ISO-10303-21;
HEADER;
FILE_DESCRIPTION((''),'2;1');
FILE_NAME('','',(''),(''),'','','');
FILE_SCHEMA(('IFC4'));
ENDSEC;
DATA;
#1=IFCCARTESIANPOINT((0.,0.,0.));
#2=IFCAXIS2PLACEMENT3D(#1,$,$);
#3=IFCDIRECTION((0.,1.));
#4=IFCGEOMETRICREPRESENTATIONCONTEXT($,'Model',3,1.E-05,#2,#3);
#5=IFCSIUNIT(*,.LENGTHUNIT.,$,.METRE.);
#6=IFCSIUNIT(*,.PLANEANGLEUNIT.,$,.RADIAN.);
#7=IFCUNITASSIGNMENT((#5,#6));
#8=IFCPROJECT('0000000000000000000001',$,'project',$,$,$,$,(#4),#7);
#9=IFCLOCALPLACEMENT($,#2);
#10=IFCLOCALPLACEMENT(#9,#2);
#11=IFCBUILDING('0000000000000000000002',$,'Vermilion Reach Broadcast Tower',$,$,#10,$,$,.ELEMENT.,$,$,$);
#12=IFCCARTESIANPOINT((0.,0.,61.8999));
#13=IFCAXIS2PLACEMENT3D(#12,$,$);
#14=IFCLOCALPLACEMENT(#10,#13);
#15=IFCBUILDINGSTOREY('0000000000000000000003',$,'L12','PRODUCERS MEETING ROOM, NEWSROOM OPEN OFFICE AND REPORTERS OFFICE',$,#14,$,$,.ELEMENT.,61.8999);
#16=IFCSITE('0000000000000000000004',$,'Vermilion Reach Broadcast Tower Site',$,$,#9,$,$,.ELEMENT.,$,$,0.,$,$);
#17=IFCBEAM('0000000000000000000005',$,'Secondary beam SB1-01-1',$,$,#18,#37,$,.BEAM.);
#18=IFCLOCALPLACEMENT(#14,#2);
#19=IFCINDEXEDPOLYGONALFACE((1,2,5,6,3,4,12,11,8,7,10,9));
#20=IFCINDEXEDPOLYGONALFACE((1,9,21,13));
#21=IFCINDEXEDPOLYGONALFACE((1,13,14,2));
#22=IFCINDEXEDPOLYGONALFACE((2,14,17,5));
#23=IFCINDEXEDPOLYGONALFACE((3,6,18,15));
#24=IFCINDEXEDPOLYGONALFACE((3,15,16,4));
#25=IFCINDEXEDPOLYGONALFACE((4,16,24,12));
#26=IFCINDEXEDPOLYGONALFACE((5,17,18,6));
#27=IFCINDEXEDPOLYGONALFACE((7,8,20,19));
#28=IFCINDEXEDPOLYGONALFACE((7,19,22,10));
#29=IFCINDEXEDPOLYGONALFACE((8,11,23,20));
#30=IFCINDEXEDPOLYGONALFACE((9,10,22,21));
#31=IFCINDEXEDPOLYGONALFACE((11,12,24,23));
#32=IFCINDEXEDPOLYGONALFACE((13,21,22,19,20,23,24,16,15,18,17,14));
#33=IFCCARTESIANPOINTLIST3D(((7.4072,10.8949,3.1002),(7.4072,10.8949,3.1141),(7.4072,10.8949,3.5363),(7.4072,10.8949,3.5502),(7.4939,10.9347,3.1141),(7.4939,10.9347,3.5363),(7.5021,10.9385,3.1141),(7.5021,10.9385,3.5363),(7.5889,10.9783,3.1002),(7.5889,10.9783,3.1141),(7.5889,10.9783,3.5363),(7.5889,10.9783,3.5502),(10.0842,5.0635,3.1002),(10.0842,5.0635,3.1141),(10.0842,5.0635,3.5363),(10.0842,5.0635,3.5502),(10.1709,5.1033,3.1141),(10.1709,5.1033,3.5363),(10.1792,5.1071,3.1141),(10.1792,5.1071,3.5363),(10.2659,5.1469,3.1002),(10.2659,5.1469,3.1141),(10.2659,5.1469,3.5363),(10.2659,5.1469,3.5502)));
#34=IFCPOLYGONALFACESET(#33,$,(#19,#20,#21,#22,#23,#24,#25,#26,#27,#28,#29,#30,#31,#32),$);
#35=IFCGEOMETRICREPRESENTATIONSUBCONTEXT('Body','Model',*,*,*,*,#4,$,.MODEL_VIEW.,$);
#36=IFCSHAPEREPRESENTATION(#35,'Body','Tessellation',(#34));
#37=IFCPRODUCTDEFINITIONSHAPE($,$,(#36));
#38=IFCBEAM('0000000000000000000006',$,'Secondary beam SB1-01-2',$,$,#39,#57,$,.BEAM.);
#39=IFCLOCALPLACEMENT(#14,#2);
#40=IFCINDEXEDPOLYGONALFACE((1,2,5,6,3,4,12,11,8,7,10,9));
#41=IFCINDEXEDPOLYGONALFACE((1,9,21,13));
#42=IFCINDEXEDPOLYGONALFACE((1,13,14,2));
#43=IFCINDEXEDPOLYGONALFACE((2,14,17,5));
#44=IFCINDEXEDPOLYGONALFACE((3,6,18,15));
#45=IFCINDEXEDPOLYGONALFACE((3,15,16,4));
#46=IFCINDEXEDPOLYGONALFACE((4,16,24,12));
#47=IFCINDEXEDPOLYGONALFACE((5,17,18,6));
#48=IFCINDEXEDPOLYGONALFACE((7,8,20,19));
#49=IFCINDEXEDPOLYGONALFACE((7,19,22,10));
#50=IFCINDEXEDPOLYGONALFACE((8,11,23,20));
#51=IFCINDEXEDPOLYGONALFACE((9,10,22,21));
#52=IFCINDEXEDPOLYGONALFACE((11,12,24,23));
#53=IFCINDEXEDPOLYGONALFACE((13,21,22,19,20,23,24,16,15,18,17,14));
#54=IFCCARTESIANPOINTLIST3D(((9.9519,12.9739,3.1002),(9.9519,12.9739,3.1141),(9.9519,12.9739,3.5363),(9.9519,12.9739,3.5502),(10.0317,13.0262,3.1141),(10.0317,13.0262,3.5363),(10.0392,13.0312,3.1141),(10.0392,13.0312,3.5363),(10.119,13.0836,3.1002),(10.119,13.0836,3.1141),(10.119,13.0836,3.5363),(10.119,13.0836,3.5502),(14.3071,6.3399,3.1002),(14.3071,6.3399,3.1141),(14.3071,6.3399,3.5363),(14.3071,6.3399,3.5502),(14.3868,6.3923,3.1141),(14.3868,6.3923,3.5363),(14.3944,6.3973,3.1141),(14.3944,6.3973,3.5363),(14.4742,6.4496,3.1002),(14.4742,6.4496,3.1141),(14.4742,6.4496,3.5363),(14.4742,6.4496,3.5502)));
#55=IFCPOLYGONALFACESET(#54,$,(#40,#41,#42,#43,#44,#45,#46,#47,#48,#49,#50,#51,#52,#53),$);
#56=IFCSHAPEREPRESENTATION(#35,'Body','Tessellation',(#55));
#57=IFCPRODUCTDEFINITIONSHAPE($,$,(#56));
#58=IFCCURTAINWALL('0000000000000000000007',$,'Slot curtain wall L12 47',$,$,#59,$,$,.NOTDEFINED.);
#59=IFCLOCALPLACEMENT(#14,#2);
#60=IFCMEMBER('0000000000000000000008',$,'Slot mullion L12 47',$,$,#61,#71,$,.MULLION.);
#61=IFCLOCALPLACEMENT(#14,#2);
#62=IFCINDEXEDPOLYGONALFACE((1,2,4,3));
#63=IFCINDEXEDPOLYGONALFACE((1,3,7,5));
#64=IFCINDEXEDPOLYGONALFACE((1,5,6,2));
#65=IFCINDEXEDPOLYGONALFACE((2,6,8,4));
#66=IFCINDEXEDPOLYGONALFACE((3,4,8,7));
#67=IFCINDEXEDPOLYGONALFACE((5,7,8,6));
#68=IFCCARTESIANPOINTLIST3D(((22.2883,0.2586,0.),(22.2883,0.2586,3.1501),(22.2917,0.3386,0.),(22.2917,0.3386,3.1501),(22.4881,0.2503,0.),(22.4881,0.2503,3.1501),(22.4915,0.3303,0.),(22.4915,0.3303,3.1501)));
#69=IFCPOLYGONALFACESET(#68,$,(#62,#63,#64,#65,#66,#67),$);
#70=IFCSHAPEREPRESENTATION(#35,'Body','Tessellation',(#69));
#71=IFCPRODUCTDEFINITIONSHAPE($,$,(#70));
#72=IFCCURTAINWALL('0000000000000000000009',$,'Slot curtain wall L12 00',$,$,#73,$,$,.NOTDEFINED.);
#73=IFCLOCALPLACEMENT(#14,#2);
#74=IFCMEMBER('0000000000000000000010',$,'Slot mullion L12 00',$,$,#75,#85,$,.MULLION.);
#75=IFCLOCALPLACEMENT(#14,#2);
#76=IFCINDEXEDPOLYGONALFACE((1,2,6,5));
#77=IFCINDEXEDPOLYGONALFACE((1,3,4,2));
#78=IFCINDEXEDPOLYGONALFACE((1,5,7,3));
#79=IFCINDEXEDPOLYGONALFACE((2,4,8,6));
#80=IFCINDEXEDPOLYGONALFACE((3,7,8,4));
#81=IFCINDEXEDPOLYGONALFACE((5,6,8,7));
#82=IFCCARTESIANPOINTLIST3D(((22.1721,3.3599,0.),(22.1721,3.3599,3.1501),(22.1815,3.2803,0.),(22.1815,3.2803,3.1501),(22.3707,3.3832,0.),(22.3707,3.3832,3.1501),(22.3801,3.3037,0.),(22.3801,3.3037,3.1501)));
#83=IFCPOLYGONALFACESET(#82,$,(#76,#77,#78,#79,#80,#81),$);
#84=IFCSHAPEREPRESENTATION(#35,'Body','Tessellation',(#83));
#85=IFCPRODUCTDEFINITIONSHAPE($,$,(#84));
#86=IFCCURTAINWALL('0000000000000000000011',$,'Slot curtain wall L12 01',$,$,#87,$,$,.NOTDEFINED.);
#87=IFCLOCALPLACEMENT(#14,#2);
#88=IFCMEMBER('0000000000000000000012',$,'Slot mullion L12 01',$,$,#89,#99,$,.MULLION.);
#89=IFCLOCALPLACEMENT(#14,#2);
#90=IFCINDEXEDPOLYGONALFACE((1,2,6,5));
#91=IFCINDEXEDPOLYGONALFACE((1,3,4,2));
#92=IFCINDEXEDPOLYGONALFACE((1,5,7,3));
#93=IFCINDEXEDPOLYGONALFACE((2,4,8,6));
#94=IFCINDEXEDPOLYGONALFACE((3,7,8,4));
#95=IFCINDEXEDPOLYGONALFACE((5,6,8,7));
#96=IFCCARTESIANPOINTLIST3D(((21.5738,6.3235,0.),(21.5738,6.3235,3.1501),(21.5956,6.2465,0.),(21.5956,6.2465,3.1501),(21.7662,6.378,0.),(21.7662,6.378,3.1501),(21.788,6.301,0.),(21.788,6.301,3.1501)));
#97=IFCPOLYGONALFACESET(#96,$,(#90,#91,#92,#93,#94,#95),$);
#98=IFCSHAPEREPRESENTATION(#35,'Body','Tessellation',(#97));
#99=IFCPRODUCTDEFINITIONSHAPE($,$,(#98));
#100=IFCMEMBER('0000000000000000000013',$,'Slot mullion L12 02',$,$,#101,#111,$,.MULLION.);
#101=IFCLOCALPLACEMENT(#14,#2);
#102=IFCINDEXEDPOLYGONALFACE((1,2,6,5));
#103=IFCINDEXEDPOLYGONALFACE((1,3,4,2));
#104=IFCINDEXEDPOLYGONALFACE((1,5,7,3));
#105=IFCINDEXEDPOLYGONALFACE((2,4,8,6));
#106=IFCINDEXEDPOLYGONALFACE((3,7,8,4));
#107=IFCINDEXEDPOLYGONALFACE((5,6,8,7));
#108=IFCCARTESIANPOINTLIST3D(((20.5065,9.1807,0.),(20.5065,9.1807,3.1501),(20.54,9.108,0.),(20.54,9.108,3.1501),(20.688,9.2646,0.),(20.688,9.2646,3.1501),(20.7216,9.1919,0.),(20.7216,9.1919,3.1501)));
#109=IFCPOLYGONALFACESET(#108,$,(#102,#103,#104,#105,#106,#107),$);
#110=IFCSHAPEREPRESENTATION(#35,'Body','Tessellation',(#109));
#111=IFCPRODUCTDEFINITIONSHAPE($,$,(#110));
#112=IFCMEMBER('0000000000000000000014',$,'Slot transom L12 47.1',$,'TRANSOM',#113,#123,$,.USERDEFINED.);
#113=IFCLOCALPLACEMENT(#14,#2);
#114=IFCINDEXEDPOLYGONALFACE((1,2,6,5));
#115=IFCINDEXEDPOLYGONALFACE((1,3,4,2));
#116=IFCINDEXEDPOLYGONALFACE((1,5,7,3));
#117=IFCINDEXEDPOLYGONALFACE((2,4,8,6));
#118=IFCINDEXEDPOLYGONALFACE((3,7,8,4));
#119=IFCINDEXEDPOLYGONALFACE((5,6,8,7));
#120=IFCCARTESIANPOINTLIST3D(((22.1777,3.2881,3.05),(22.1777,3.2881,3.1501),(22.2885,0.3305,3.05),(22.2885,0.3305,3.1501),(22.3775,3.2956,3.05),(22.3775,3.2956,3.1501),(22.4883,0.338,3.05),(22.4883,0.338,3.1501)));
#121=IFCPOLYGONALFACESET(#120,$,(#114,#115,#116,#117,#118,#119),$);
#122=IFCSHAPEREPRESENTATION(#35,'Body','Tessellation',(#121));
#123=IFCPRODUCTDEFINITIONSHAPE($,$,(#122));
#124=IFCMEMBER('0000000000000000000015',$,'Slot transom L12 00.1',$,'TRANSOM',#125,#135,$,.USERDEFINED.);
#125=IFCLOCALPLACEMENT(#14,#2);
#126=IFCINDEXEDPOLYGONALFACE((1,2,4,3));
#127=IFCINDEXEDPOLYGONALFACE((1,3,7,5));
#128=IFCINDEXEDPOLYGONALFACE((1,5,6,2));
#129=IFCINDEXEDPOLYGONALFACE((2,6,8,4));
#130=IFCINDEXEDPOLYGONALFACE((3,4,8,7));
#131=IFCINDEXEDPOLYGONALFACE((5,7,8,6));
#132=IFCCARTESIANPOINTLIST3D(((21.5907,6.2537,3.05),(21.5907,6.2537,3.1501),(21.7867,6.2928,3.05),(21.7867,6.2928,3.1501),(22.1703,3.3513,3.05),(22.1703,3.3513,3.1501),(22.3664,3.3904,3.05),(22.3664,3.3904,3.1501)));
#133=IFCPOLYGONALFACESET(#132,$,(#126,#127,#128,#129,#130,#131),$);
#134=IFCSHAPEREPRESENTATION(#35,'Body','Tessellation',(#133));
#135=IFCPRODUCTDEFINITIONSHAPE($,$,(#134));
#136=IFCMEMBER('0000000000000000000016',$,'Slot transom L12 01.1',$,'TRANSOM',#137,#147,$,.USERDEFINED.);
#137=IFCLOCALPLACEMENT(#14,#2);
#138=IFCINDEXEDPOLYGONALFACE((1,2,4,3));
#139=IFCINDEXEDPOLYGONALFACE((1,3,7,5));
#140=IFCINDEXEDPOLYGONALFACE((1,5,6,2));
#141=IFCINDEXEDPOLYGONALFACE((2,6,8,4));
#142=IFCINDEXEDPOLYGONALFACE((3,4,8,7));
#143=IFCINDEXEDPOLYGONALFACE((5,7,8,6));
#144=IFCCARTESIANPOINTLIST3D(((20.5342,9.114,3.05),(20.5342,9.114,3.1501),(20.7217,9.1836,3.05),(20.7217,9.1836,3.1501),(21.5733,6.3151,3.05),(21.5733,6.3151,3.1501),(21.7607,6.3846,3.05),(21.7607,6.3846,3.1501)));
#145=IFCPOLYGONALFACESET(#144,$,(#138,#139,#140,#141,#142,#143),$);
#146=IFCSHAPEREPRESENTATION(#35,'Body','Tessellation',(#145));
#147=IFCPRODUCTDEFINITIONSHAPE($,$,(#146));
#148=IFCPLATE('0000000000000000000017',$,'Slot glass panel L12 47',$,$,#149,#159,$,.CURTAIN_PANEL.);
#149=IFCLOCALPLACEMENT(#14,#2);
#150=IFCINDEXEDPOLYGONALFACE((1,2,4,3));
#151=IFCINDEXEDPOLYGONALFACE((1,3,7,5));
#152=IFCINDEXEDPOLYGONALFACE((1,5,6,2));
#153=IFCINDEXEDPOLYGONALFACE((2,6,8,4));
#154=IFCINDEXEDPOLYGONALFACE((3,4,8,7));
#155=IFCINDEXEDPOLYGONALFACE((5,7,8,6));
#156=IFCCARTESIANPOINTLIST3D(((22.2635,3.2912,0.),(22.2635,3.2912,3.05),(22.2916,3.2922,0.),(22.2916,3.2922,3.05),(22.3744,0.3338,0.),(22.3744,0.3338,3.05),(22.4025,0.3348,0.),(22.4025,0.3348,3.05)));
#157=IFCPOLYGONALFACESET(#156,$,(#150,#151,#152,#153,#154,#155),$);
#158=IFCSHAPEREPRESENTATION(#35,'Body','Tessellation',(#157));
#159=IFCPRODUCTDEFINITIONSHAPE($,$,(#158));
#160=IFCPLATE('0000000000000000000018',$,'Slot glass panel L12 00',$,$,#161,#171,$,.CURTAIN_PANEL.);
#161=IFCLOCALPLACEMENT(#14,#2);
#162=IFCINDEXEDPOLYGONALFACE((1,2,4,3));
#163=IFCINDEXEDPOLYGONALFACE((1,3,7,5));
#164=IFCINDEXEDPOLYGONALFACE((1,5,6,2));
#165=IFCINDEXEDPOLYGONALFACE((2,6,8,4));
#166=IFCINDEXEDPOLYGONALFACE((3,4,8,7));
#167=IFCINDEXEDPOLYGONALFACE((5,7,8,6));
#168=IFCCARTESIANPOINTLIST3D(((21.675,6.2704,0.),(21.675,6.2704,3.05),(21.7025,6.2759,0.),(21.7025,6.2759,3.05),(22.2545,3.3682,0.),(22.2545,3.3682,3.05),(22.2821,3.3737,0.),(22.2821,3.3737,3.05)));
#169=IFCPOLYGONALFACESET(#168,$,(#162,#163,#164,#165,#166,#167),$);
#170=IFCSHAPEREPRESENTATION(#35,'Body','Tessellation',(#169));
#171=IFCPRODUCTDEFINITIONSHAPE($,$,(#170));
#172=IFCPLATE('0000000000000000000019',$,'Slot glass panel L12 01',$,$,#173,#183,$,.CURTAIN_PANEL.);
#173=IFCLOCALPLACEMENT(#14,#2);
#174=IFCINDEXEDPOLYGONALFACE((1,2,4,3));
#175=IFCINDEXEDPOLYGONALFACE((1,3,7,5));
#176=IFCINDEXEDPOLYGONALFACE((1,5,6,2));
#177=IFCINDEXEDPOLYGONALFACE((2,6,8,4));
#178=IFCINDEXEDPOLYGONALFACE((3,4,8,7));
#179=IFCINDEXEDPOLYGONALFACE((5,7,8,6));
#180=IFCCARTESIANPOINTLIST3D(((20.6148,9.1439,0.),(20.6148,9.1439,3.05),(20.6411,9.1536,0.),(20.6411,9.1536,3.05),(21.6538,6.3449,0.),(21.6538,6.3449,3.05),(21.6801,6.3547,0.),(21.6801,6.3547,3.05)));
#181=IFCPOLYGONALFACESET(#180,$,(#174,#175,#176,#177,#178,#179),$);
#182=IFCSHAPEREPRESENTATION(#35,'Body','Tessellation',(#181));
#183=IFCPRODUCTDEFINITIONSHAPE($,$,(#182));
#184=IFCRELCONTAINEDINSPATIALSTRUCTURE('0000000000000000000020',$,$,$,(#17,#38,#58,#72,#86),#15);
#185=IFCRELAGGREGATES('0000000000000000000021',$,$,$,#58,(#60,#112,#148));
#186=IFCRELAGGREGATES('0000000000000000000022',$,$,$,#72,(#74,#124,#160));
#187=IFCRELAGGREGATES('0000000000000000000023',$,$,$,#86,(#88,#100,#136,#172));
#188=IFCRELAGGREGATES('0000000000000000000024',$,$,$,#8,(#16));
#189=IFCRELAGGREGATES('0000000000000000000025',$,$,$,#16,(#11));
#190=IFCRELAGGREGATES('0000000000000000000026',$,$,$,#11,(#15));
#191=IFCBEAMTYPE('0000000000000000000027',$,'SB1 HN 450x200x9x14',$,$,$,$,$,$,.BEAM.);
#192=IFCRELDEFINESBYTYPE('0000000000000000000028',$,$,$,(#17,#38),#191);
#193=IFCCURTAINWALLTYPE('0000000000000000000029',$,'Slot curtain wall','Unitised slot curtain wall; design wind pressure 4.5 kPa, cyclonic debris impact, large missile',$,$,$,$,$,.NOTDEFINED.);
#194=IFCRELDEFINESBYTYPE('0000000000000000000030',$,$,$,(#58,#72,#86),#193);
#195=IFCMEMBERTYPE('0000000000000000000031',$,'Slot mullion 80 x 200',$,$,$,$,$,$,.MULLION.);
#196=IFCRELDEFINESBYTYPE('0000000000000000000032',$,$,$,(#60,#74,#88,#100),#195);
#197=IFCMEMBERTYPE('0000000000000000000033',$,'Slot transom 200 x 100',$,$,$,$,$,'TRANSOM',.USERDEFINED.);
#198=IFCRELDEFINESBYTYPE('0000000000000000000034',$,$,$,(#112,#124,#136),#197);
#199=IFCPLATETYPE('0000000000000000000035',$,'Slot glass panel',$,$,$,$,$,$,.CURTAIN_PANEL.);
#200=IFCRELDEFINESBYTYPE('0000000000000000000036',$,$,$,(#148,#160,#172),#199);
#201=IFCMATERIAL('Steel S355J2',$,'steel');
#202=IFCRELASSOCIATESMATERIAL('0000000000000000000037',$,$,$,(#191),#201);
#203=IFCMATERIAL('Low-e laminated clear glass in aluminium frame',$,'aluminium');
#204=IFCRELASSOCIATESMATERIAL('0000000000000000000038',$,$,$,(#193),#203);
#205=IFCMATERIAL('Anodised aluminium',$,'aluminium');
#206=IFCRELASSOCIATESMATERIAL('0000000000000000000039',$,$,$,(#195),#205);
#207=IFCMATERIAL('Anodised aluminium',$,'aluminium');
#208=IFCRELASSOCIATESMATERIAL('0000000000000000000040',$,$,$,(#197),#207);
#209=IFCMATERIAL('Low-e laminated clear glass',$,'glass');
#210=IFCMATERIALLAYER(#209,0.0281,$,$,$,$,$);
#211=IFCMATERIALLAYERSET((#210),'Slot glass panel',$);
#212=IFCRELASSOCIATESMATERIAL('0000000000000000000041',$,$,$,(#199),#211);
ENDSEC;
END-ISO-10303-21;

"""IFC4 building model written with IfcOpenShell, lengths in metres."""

from ifc_helpers import new_model, si_unit, direction, frame, origin, origin_2d, place, context, subcontext, project, spatial, rectangle, i_section, extrude, material, layer, layer_set, material_profile, profile_set, type_object, element, aggregate, save


model = new_model("IFC4")

# Units and contexts
model_context = context("Model", 3, precision=1e-05, world=origin(), true_north=direction((0.0, 1.0)))
body_context = subcontext(model_context, "Body", "Model", "MODEL_VIEW")
ifc_project = project(units=[si_unit("LENGTHUNIT", "METRE"), si_unit("PLANEANGLEUNIT", "RADIAN")], contexts=[model_context])

# Site, building, storey
site_placement = place(None, origin())
site = spatial("IfcSite", under=ifc_project, at=site_placement, Name="Vermilion Reach Broadcast Tower Site", CompositionType="ELEMENT", RefElevation=0.0)
building_placement = place(site_placement, origin())
building = spatial("IfcBuilding", under=site, at=building_placement, Name="Vermilion Reach Broadcast Tower", CompositionType="ELEMENT")
storey_placement = place(building_placement, frame((0.0, 0.0, 61.8999)))
storey = spatial("IfcBuildingStorey", under=building, at=storey_placement, Name="L12", Description="PRODUCERS MEETING ROOM, NEWSROOM OPEN OFFICE AND REPORTERS OFFICE", CompositionType="ELEMENT", Elevation=61.8999)

# Beams
ifc_material_1 = material(Name="Steel S355J2", Category="steel")
ifc_material_profile_1 = material_profile(ifc_material_1, i_section(OverallWidth=0.2, OverallDepth=0.45, WebThickness=0.009, FlangeThickness=0.0139, at=origin_2d()), Name="S355J2 HN 450x200x9x14")
ifc_profile_set_1 = profile_set([ifc_material_profile_1], Name="Steel S355J2")
beam_type_1 = type_object("IfcBeamType", Name="SB1 HN 450x200x9x14", PredefinedType="BEAM", material=ifc_profile_set_1)
beam_1_placement = place(storey_placement, frame((10.175, 5.1052, 3.3252), z_axis=(-0.417211, 0.908809, 0.0), x_axis=(-0.908809, -0.417211, 0.0)))
element("IfcBeam", 1, at=beam_1_placement, inside=storey, type_object=beam_type_1, Name="Secondary beam SB1-01-1", PredefinedType="BEAM", context=body_context, shape_type="SweptSolid", body=[
    extrude(i_section(OverallWidth=0.2, OverallDepth=0.45, WebThickness=0.009, FlangeThickness=0.0139, at=origin_2d()), origin(), (0.0, 0.0, 1.0), 6.4165),
])
beam_2_placement = place(storey_placement, frame((14.3906, 6.3948, 3.3252), z_axis=(-0.548801, 0.835953, 0.0), x_axis=(-0.835953, -0.548801, 0.0)))
element("IfcBeam", 2, at=beam_2_placement, inside=storey, type_object=beam_type_1, Name="Secondary beam SB1-01-2", PredefinedType="BEAM", context=body_context, shape_type="SweptSolid", body=[
    extrude(i_section(OverallWidth=0.2, OverallDepth=0.45, WebThickness=0.009, FlangeThickness=0.0139, at=origin_2d()), origin(), (0.0, 0.0, 1.0), 7.9358),
])

# Curtain walls, members
ifc_material_2 = material(Name="Low-e laminated clear glass in aluminium frame", Category="aluminium")
curtain_wall_type = type_object("IfcCurtainWallType", Name="Slot curtain wall", Description="Unitised slot curtain wall; design wind pressure 4.5 kPa, cyclonic debris impact, large missile", PredefinedType="NOTDEFINED", material=ifc_material_2)
placement = place(storey_placement, origin())
curtain_wall_1 = element("IfcCurtainWall", 3, at=placement, inside=storey, type_object=curtain_wall_type, Name="Slot curtain wall L12 47", PredefinedType="NOTDEFINED")
ifc_material_3 = material(Name="Anodised aluminium", Category="aluminium")
ifc_material_profile_2 = material_profile(ifc_material_3, rectangle(XDim=0.2, YDim=0.0801, at=origin_2d()), Name="Slot mullion 80 x 200")
ifc_profile_set_2 = profile_set([ifc_material_profile_2], Name="Anodised aluminium")
member_type_1 = type_object("IfcMemberType", Name="Slot mullion 80 x 200", PredefinedType="MULLION", material=ifc_profile_set_2)
member_1_placement = place(storey_placement, frame((22.3899, 0.2944, 0.0), z_axis=(0.0, 0.0, 1.0), x_axis=(-0.999131, 0.041682, 0.0)))
member_1 = element("IfcMember", 4, at=member_1_placement, type_object=member_type_1, Name="Slot mullion L12 47", PredefinedType="MULLION", context=body_context, shape_type="SweptSolid", body=[
    extrude(rectangle(XDim=0.2, YDim=0.0801, at=origin_2d()), origin(), (0.0, 0.0, 1.0), 3.1501),
])
curtain_wall_2 = element("IfcCurtainWall", 5, at=placement, inside=storey, type_object=curtain_wall_type, Name="Slot curtain wall L12 00", PredefinedType="NOTDEFINED")
member_2_placement = place(storey_placement, frame((22.2761, 3.3318, 0.0), z_axis=(0.0, 0.0, 1.0), x_axis=(-0.99313, -0.117017, 0.0)))
member_2 = element("IfcMember", 6, at=member_2_placement, type_object=member_type_1, Name="Slot mullion L12 00", PredefinedType="MULLION", context=body_context, shape_type="SweptSolid", body=[
    extrude(rectangle(XDim=0.2, YDim=0.0801, at=origin_2d()), origin(), (0.0, 0.0, 1.0), 3.1501),
])

# Curtain wall, members
curtain_wall_3 = element("IfcCurtainWall", 7, at=placement, inside=storey, type_object=curtain_wall_type, Name="Slot curtain wall L12 01", PredefinedType="NOTDEFINED")
member_3_placement = place(storey_placement, frame((21.6809, 6.3123, 0.0), z_axis=(0.0, 0.0, 1.0), x_axis=(-0.962081, -0.272765, 0.0)))
member_3 = element("IfcMember", 8, at=member_3_placement, type_object=member_type_1, Name="Slot mullion L12 01", PredefinedType="MULLION", context=body_context, shape_type="SweptSolid", body=[
    extrude(rectangle(XDim=0.2, YDim=0.0801, at=origin_2d()), origin(), (0.0, 0.0, 1.0), 3.1501),
])
member_4_placement = place(storey_placement, frame((20.614, 9.1863, 0.0), z_axis=(0.0, 0.0, 1.0), x_axis=(-0.907826, -0.419348, 0.0)))
member_4 = element("IfcMember", 9, at=member_4_placement, type_object=member_type_1, Name="Slot mullion L12 02", PredefinedType="MULLION", context=body_context, shape_type="SweptSolid", body=[
    extrude(rectangle(XDim=0.2, YDim=0.0801, at=origin_2d()), origin(), (0.0, 0.0, 1.0), 3.1501),
])

# Members
ifc_material_4 = material(Name="Anodised aluminium", Category="aluminium")
ifc_material_profile_3 = material_profile(ifc_material_4, rectangle(XDim=0.2, YDim=0.1001, at=origin_2d()), Name="Slot transom 200 x 100")
ifc_profile_set_3 = profile_set([ifc_material_profile_3], Name="Anodised aluminium")
member_type_2 = type_object("IfcMemberType", Name="Slot transom 200 x 100", ElementType="TRANSOM", PredefinedType="USERDEFINED", material=ifc_profile_set_3)
member_5_placement = place(storey_placement, frame((22.3884, 0.3342, 3.1001), z_axis=(-0.037451, 0.999298, 0.0), x_axis=(-0.999298, -0.037451, 0.0)))
member_5 = element("IfcMember", 10, at=member_5_placement, type_object=member_type_2, Name="Slot transom L12 47.1", ObjectType="TRANSOM", PredefinedType="USERDEFINED", context=body_context, shape_type="SweptSolid", body=[
    extrude(rectangle(XDim=0.2, YDim=0.1001, at=origin_2d()), origin(), (0.0, 0.0, 1.0), 2.9597),
])
member_6_placement = place(storey_placement, frame((22.2683, 3.3708, 3.1001), z_axis=(-0.195831, 0.980638, 0.0), x_axis=(-0.980638, -0.195831, 0.0)))
member_6 = element("IfcMember", 11, at=member_6_placement, type_object=member_type_2, Name="Slot transom L12 00.1", ObjectType="TRANSOM", PredefinedType="USERDEFINED", context=body_context, shape_type="SweptSolid", body=[
    extrude(rectangle(XDim=0.2, YDim=0.1001, at=origin_2d()), origin(), (0.0, 0.0, 1.0), 2.9597),
])
member_7_placement = place(storey_placement, frame((21.667, 6.3499, 3.1001), z_axis=(-0.348012, 0.93749, 0.0), x_axis=(-0.93749, -0.348012, 0.0)))
member_7 = element("IfcMember", 12, at=member_7_placement, type_object=member_type_2, Name="Slot transom L12 01.1", ObjectType="TRANSOM", PredefinedType="USERDEFINED", context=body_context, shape_type="SweptSolid", body=[
    extrude(rectangle(XDim=0.2, YDim=0.1001, at=origin_2d()), origin(), (0.0, 0.0, 1.0), 2.9856),
])

# Plates
ifc_material_5 = material(Name="Low-e laminated clear glass", Category="glass")
ifc_layer_1 = layer(ifc_material_5, 0.0281)
ifc_layer_set_1 = layer_set([ifc_layer_1], Name="Slot glass panel")
plate_type = type_object("IfcPlateType", Name="Slot glass panel", PredefinedType="CURTAIN_PANEL", material=ifc_layer_set_1)
plate_1_placement = place(storey_placement, frame((22.333, 1.813, 0.0), z_axis=(0.0, 0.0, 1.0), x_axis=(-0.037459, 0.999298, 0.0)))
plate_1 = element("IfcPlate", 13, at=plate_1_placement, type_object=plate_type, Name="Slot glass panel L12 47", PredefinedType="CURTAIN_PANEL", context=body_context, shape_type="SweptSolid", body=[
    extrude(rectangle(XDim=2.9595, YDim=0.0281, at=origin_2d()), origin(), (0.0, 0.0, 1.0), 3.05),
])
aggregate(curtain_wall_1, [member_1, member_5, plate_1])
plate_2_placement = place(storey_placement, frame((21.9785, 4.822, 0.0), z_axis=(0.0, 0.0, 1.0), x_axis=(-0.19583, 0.980638, 0.0)))
plate_2 = element("IfcPlate", 14, at=plate_2_placement, type_object=plate_type, Name="Slot glass panel L12 00", PredefinedType="CURTAIN_PANEL", context=body_context, shape_type="SweptSolid", body=[
    extrude(rectangle(XDim=2.9595, YDim=0.0281, at=origin_2d()), origin(), (0.0, 0.0, 1.0), 3.05),
])
aggregate(curtain_wall_2, [member_2, member_6, plate_2])
plate_3_placement = place(storey_placement, frame((21.1475, 7.7493, 0.0), z_axis=(0.0, 0.0, 1.0), x_axis=(-0.347992, 0.937498, 0.0)))
plate_3 = element("IfcPlate", 15, at=plate_3_placement, type_object=plate_type, Name="Slot glass panel L12 01", PredefinedType="CURTAIN_PANEL", context=body_context, shape_type="SweptSolid", body=[
    extrude(rectangle(XDim=2.9856, YDim=0.0281, at=origin_2d()), origin(), (0.0, 0.0, 1.0), 3.05),
])
aggregate(curtain_wall_3, [member_3, member_4, member_7, plate_3])

save(model, "model.ifc")
